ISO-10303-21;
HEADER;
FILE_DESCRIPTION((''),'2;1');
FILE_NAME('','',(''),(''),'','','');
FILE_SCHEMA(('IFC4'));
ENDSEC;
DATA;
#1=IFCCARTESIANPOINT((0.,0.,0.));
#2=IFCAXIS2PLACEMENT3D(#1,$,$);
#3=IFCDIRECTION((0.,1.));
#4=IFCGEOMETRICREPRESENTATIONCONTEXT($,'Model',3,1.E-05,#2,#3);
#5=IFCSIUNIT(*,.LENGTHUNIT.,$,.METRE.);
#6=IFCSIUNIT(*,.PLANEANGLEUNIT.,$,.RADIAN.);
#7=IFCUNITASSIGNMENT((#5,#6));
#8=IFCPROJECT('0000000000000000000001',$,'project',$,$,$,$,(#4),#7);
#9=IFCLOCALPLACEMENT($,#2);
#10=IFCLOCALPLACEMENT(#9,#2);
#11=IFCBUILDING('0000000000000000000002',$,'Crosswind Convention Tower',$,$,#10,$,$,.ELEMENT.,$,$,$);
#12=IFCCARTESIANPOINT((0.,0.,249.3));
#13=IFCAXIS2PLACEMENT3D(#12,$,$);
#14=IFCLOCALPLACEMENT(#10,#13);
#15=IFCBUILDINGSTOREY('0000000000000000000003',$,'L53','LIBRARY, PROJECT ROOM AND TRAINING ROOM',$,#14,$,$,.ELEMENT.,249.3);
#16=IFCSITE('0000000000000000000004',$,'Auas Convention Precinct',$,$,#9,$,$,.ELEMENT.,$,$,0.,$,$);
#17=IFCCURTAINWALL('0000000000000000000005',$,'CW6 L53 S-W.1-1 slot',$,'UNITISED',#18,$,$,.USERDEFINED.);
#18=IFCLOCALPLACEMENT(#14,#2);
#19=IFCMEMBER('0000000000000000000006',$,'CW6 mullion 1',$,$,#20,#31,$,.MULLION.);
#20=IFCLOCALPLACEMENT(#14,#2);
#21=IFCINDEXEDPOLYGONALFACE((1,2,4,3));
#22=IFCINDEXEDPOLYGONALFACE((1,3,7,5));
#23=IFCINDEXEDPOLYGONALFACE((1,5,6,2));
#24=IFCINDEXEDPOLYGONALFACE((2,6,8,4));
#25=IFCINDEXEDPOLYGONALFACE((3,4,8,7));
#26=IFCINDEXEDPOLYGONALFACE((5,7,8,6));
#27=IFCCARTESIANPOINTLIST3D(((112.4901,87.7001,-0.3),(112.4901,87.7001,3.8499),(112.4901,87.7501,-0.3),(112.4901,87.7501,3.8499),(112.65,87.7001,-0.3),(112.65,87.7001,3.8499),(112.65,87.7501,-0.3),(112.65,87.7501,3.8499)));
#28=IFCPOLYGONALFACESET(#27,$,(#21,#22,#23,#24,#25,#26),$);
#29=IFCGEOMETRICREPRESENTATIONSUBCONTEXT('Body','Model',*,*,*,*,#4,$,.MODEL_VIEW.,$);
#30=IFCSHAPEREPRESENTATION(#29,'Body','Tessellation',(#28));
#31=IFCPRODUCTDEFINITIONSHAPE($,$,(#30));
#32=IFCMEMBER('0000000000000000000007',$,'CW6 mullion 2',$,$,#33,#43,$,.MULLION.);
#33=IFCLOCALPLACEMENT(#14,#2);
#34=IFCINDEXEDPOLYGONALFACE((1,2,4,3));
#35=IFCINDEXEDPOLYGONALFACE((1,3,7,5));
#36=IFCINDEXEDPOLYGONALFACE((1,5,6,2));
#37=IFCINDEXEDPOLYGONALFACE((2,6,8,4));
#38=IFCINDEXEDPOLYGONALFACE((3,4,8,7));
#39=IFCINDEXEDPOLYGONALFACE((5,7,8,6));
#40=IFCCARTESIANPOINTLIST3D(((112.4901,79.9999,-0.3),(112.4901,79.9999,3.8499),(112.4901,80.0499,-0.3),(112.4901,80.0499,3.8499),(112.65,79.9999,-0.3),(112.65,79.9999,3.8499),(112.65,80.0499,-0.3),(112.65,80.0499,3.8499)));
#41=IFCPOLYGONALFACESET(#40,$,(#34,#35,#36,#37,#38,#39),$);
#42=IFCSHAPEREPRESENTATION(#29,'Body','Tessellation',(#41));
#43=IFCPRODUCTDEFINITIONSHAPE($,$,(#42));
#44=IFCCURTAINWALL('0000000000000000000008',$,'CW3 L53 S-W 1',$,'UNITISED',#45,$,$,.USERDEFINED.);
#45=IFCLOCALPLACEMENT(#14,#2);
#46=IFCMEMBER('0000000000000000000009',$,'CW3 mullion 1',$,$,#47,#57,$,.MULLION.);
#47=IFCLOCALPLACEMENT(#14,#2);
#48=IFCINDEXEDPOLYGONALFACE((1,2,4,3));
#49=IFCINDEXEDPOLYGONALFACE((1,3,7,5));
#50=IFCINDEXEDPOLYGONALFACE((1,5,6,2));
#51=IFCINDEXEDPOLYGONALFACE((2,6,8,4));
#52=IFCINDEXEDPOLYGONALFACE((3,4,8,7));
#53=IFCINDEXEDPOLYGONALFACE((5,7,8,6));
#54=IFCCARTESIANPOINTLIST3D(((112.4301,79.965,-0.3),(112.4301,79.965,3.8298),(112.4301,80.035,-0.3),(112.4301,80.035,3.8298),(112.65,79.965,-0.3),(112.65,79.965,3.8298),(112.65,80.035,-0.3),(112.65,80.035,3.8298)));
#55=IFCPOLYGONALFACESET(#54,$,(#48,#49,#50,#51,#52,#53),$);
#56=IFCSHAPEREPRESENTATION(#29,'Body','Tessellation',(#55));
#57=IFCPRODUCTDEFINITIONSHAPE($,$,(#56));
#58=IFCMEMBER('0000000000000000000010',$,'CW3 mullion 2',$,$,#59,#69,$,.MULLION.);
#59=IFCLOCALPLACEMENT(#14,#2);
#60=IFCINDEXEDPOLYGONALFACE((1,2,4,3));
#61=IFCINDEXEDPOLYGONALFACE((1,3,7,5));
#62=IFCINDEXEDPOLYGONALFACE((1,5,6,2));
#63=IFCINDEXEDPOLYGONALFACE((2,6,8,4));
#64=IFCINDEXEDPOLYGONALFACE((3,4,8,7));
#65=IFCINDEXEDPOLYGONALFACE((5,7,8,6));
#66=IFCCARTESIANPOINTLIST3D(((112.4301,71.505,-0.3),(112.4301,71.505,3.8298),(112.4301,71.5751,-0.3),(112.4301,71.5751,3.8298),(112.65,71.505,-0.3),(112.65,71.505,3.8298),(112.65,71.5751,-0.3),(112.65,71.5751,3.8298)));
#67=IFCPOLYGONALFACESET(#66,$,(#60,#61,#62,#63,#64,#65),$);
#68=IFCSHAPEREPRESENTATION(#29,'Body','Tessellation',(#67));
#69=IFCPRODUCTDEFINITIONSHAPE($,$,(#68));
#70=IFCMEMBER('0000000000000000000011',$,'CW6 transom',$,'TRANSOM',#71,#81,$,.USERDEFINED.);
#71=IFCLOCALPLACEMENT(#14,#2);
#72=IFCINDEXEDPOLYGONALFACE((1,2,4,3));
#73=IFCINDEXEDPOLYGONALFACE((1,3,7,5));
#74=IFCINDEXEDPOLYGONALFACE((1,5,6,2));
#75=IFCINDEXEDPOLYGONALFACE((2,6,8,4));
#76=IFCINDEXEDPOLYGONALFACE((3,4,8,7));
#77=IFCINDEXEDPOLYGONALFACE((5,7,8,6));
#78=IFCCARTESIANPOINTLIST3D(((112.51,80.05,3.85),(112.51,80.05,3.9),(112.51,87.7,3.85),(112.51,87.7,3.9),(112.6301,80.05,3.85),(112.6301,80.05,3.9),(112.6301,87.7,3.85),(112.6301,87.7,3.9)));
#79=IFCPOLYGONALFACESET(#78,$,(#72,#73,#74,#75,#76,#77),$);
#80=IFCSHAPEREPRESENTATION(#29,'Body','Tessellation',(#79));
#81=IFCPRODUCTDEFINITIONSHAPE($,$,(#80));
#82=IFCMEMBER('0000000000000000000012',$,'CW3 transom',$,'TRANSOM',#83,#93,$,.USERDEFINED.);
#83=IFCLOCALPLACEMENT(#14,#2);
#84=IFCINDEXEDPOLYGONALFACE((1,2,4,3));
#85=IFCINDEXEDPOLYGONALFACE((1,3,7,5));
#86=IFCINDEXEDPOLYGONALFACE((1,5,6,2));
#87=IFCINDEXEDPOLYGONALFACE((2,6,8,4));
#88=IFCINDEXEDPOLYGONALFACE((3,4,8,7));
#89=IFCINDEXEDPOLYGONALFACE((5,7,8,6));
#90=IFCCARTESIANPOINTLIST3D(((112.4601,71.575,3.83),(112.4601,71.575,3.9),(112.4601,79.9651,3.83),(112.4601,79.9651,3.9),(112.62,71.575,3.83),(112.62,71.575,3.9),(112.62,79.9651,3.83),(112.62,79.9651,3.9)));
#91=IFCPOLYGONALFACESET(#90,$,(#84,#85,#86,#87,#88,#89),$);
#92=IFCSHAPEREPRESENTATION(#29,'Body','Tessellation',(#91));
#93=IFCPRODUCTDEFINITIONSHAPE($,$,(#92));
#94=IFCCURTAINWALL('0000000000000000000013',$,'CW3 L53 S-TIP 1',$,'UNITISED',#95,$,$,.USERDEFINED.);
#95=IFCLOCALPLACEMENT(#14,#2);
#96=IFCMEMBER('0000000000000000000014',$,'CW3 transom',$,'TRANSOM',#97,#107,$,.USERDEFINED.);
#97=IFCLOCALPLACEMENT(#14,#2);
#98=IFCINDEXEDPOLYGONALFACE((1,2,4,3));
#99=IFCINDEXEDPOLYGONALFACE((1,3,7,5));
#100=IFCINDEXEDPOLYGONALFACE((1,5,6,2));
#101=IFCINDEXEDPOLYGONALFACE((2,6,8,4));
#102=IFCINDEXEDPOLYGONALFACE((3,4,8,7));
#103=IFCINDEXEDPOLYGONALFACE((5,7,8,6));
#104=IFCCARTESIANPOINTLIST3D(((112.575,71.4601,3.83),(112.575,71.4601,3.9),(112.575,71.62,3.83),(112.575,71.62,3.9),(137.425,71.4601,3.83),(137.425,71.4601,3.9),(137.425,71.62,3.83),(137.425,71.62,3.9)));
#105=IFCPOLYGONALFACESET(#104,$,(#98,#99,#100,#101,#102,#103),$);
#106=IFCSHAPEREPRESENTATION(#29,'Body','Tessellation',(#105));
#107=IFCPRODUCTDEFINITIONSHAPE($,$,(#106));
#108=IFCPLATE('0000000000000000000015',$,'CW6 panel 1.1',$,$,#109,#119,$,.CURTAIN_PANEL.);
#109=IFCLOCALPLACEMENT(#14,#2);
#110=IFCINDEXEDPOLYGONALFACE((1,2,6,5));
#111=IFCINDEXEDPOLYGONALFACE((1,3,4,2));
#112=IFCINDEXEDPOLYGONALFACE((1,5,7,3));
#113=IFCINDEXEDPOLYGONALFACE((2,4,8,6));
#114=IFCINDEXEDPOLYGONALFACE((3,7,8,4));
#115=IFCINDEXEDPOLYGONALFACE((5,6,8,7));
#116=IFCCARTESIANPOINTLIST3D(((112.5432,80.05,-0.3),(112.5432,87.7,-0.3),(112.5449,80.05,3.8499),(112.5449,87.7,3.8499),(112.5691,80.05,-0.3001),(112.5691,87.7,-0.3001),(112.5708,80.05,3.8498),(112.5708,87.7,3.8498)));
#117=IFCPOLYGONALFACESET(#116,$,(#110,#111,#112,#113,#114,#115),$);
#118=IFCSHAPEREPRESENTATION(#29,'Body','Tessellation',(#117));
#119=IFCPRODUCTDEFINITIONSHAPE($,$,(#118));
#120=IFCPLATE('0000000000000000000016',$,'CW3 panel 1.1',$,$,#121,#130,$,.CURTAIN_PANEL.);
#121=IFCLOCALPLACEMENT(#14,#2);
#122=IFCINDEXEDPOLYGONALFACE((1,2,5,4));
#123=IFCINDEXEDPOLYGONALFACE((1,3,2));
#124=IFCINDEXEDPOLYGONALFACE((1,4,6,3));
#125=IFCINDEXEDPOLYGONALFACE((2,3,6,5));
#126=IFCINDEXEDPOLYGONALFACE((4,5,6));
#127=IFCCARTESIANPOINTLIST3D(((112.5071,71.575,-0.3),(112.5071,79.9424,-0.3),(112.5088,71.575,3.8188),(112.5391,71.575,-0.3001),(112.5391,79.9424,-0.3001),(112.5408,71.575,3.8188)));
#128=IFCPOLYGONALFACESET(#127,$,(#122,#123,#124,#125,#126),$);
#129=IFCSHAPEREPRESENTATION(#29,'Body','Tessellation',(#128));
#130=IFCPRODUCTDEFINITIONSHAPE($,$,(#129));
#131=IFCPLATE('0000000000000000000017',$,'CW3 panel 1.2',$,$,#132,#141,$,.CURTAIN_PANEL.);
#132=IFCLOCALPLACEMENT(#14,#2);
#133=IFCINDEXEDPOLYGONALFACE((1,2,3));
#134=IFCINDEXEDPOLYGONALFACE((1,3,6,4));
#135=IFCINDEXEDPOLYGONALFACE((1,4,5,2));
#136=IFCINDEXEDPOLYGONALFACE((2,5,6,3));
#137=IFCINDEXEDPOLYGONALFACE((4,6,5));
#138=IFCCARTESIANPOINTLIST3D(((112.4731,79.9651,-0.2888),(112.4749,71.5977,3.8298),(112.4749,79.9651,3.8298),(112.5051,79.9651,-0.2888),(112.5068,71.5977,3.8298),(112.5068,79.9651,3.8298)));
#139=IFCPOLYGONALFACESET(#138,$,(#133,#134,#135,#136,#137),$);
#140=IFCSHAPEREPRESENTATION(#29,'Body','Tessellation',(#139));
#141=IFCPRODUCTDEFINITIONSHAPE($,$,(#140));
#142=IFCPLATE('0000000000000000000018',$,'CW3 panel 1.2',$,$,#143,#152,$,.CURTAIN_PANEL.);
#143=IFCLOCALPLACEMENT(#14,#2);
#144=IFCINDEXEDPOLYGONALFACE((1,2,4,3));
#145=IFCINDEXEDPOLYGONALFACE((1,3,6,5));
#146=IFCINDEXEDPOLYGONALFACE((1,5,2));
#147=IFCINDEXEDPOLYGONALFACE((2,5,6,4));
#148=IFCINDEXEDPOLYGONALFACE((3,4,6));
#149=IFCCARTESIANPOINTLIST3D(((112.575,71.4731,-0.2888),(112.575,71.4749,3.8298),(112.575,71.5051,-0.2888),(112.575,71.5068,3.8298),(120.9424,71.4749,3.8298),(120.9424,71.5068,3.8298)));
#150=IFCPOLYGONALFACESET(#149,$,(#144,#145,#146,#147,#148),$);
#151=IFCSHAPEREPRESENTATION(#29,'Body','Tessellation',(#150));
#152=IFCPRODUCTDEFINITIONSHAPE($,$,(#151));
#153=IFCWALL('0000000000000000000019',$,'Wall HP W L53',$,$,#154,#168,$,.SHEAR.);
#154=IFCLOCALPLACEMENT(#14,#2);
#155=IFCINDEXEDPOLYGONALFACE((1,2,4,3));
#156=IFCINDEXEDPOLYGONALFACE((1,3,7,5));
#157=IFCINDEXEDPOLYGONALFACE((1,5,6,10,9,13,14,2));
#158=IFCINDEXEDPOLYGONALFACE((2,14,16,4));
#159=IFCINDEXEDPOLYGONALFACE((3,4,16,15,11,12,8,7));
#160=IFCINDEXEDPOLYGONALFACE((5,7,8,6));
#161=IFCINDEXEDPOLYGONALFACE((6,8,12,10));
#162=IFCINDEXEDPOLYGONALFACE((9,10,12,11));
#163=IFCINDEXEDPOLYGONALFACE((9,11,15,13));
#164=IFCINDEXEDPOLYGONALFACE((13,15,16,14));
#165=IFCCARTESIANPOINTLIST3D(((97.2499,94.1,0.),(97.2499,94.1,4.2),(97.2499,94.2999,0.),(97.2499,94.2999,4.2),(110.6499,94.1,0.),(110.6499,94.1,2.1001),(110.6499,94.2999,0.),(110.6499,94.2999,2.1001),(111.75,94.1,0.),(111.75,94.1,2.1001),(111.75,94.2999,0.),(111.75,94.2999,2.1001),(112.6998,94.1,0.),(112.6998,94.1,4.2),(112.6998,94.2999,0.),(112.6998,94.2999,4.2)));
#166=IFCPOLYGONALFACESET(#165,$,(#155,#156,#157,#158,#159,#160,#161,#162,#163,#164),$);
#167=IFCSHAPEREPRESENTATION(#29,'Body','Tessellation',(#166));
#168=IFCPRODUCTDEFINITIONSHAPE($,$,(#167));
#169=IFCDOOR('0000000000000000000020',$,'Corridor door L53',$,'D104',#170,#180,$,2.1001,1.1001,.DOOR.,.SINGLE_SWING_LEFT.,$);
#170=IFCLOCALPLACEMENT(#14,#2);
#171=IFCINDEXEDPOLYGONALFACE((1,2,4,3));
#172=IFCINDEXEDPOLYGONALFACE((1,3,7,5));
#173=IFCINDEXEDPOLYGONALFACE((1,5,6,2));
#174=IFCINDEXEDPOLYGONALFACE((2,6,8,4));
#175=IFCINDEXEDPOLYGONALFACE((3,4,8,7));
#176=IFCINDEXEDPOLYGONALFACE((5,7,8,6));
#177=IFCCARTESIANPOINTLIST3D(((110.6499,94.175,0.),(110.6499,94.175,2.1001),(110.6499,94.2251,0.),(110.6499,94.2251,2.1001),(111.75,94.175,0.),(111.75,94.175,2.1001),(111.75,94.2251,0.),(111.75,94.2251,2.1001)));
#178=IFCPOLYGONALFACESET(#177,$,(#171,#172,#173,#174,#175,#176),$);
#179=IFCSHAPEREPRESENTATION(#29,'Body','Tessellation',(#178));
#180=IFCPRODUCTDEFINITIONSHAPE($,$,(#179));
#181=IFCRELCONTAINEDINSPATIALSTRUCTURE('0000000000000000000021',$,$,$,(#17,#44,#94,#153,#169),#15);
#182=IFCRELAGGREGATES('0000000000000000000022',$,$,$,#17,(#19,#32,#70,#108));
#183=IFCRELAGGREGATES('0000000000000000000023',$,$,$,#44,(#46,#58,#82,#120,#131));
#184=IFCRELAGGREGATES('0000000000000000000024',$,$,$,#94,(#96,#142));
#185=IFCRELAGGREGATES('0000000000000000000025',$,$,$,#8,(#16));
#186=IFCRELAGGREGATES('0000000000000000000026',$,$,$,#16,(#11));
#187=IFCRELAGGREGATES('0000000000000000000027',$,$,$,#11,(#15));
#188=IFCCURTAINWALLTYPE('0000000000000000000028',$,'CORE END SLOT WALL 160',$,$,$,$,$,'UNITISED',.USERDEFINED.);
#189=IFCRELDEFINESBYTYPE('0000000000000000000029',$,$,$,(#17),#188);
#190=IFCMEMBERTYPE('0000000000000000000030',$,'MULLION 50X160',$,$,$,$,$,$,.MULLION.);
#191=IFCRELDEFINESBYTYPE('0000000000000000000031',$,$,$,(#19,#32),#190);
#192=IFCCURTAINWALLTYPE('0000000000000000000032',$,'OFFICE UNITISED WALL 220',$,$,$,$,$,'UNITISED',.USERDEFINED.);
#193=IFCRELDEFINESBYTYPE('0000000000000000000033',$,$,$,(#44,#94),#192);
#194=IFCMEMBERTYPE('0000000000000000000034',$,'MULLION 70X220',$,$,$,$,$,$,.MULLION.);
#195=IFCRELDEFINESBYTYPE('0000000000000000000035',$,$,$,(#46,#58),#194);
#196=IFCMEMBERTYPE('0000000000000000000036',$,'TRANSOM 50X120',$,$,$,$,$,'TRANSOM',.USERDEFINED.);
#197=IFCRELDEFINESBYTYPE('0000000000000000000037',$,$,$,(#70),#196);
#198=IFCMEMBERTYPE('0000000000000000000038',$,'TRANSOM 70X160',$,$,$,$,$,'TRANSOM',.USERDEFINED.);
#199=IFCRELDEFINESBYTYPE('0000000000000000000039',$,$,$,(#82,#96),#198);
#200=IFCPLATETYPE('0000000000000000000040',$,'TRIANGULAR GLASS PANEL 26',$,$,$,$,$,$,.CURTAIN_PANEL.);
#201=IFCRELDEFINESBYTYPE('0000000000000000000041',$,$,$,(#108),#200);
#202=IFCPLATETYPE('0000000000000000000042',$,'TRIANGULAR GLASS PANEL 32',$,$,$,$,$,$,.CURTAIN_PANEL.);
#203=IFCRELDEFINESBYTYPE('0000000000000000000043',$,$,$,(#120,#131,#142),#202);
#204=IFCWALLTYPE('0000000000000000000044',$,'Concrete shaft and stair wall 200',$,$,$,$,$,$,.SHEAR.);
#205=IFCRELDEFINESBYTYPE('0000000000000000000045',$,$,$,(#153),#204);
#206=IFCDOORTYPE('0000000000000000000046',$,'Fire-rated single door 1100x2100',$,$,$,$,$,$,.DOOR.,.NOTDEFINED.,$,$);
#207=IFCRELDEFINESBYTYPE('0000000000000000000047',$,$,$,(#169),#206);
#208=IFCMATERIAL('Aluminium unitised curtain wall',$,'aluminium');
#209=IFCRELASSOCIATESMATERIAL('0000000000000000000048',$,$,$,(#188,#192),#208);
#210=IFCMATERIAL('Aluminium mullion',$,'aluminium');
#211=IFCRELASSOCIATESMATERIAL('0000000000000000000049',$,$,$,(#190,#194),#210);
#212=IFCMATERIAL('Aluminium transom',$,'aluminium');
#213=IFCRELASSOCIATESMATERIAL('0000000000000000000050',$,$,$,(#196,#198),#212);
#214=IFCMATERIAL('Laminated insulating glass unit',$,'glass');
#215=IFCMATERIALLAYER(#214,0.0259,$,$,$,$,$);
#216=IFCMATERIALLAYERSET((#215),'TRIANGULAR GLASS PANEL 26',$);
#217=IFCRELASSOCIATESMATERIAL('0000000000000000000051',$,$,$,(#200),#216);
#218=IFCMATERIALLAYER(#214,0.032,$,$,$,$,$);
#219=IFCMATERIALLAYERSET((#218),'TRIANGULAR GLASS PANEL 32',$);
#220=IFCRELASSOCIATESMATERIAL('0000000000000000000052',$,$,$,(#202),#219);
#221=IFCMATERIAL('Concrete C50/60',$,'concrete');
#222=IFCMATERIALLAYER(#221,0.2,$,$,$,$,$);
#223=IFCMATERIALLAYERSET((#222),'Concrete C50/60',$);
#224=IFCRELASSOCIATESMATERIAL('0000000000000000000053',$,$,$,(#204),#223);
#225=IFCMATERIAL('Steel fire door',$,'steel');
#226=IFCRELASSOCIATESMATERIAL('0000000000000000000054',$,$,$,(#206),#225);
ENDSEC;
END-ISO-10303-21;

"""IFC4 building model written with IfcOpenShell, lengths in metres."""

from ifc_helpers import new_model, si_unit, direction, frame, frame_2d, origin, origin_2d, place, context, subcontext, project, spatial, polyline, rectangle, outline, extrude, material, layer, layer_set, material_profile, profile_set, type_object, element, fill, aggregate, save


model = new_model("IFC4")

# Units and contexts
model_context = context("Model", 3, precision=1e-05, world=origin(), true_north=direction((0.0, 1.0)))
body_context = subcontext(model_context, "Body", "Model", "MODEL_VIEW")
ifc_project = project(units=[si_unit("LENGTHUNIT", "METRE"), si_unit("PLANEANGLEUNIT", "RADIAN")], contexts=[model_context])

# Site, building, storey
site_placement = place(None, origin())
site = spatial("IfcSite", under=ifc_project, at=site_placement, Name="Auas Convention Precinct", CompositionType="ELEMENT", RefElevation=0.0)
building_placement = place(site_placement, origin())
building = spatial("IfcBuilding", under=site, at=building_placement, Name="Crosswind Convention Tower", CompositionType="ELEMENT")
storey_placement = place(building_placement, frame((0.0, 0.0, 249.3)))
storey = spatial("IfcBuildingStorey", under=building, at=storey_placement, Name="L53", Description="LIBRARY, PROJECT ROOM AND TRAINING ROOM", CompositionType="ELEMENT", Elevation=249.3)

# Curtain walls, members
ifc_material_1 = material(Name="Aluminium unitised curtain wall", Category="aluminium")
curtain_wall_type_1 = type_object("IfcCurtainWallType", Name="CORE END SLOT WALL 160", ElementType="UNITISED", PredefinedType="USERDEFINED", material=ifc_material_1)
curtain_wall_1_placement = place(storey_placement, origin())
curtain_wall_1 = element("IfcCurtainWall", 1, at=curtain_wall_1_placement, inside=storey, type_object=curtain_wall_type_1, Name="CW6 L53 S-W.1-1 slot", ObjectType="UNITISED", PredefinedType="USERDEFINED")
ifc_material_2 = material(Name="Aluminium mullion", Category="aluminium")
ifc_material_profile_1 = material_profile(ifc_material_2, rectangle(XDim=0.1599, YDim=0.05, at=origin_2d()), Name="AL 160X50")
ifc_profile_set_1 = profile_set([ifc_material_profile_1], Name="Aluminium mullion")
member_type_1 = type_object("IfcMemberType", Name="MULLION 50X160", PredefinedType="MULLION", material=ifc_profile_set_1)
member_1_placement = place(storey_placement, frame((112.5701, 87.7251, -0.3), z_axis=(0.0, 0.0, 1.0), x_axis=(-1.0, 0.0, 0.0)))
member_1 = element("IfcMember", 2, at=member_1_placement, type_object=member_type_1, Name="CW6 mullion 1", PredefinedType="MULLION", context=body_context, shape_type="SweptSolid", body=[
    extrude(rectangle(XDim=0.1599, YDim=0.05, at=origin_2d()), origin(), (0.0, 0.0, 1.0), 4.1499),
])
member_2_placement = place(storey_placement, frame((112.5701, 80.0249, -0.3), z_axis=(0.0, 0.0, 1.0), x_axis=(-1.0, 0.0, 0.0)))
member_2 = element("IfcMember", 3, at=member_2_placement, type_object=member_type_1, Name="CW6 mullion 2", PredefinedType="MULLION", context=body_context, shape_type="SweptSolid", body=[
    extrude(rectangle(XDim=0.1599, YDim=0.05, at=origin_2d()), origin(), (0.0, 0.0, 1.0), 4.1499),
])
curtain_wall_type_2 = type_object("IfcCurtainWallType", Name="OFFICE UNITISED WALL 220", ElementType="UNITISED", PredefinedType="USERDEFINED", material=ifc_material_1)
curtain_wall_2_placement = place(storey_placement, origin())
curtain_wall_2 = element("IfcCurtainWall", 4, at=curtain_wall_2_placement, inside=storey, type_object=curtain_wall_type_2, Name="CW3 L53 S-W 1", ObjectType="UNITISED", PredefinedType="USERDEFINED")
ifc_material_profile_2 = material_profile(ifc_material_2, rectangle(XDim=0.22, YDim=0.0701, at=origin_2d()), Name="AL 220X70")
ifc_profile_set_2 = profile_set([ifc_material_profile_2], Name="Aluminium mullion")
member_type_2 = type_object("IfcMemberType", Name="MULLION 70X220", PredefinedType="MULLION", material=ifc_profile_set_2)
member_3_placement = place(storey_placement, frame((112.54, 80.0, -0.3), z_axis=(0.0, 0.0, 1.0), x_axis=(-1.0, 0.0, 0.0)))
member_3 = element("IfcMember", 5, at=member_3_placement, type_object=member_type_2, Name="CW3 mullion 1", PredefinedType="MULLION", context=body_context, shape_type="SweptSolid", body=[
    extrude(rectangle(XDim=0.22, YDim=0.0701, at=origin_2d()), origin(), (0.0, 0.0, 1.0), 4.1299),
])
member_4_placement = place(storey_placement, frame((112.54, 71.54, -0.3), z_axis=(0.0, 0.0, 1.0), x_axis=(-1.0, 0.0, 0.0)))
member_4 = element("IfcMember", 6, at=member_4_placement, type_object=member_type_2, Name="CW3 mullion 2", PredefinedType="MULLION", context=body_context, shape_type="SweptSolid", body=[
    extrude(rectangle(XDim=0.22, YDim=0.0701, at=origin_2d()), origin(), (0.0, 0.0, 1.0), 4.1299),
])

# Members
ifc_material_3 = material(Name="Aluminium transom", Category="aluminium")
ifc_material_profile_3 = material_profile(ifc_material_3, rectangle(XDim=0.1201, YDim=0.05, at=origin_2d()), Name="AL 120X50")
ifc_profile_set_3 = profile_set([ifc_material_profile_3], Name="Aluminium transom")
member_type_3 = type_object("IfcMemberType", Name="TRANSOM 50X120", ElementType="TRANSOM", PredefinedType="USERDEFINED", material=ifc_profile_set_3)
member_5_placement = place(storey_placement, frame((112.5701, 87.7, 3.875), z_axis=(0.0, -1.0, 0.0), x_axis=(1.0, 0.0, 0.0)))
member_5 = element("IfcMember", 7, at=member_5_placement, type_object=member_type_3, Name="CW6 transom", ObjectType="TRANSOM", PredefinedType="USERDEFINED", context=body_context, shape_type="SweptSolid", body=[
    extrude(rectangle(XDim=0.1201, YDim=0.05, at=origin_2d()), origin(), (0.0, 0.0, 1.0), 7.6499),
])
ifc_material_profile_4 = material_profile(ifc_material_3, rectangle(XDim=0.1599, YDim=0.0701, at=origin_2d()), Name="AL 160X70")
ifc_profile_set_4 = profile_set([ifc_material_profile_4], Name="Aluminium transom")
member_type_4 = type_object("IfcMemberType", Name="TRANSOM 70X160", ElementType="TRANSOM", PredefinedType="USERDEFINED", material=ifc_profile_set_4)
member_6_placement = place(storey_placement, frame((112.54, 79.9651, 3.865), z_axis=(0.0, -1.0, 0.0), x_axis=(1.0, 0.0, 0.0)))
member_6 = element("IfcMember", 8, at=member_6_placement, type_object=member_type_4, Name="CW3 transom", ObjectType="TRANSOM", PredefinedType="USERDEFINED", context=body_context, shape_type="SweptSolid", body=[
    extrude(rectangle(XDim=0.1599, YDim=0.0701, at=origin_2d()), origin(), (0.0, 0.0, 1.0), 8.3901),
])

# Curtain wall, member
curtain_wall_3_placement = place(storey_placement, origin())
curtain_wall_3 = element("IfcCurtainWall", 9, at=curtain_wall_3_placement, inside=storey, type_object=curtain_wall_type_2, Name="CW3 L53 S-TIP 1", ObjectType="UNITISED", PredefinedType="USERDEFINED")
member_7_placement = place(storey_placement, frame((112.575, 71.54, 3.865), z_axis=(1.0, 0.0, 0.0), x_axis=(0.0, 1.0, 0.0)))
member_7 = element("IfcMember", 10, at=member_7_placement, type_object=member_type_4, Name="CW3 transom", ObjectType="TRANSOM", PredefinedType="USERDEFINED", context=body_context, shape_type="SweptSolid", body=[
    extrude(rectangle(XDim=0.1599, YDim=0.0701, at=origin_2d()), origin(), (0.0, 0.0, 1.0), 24.8501),
])

# Plates
ifc_material_4 = material(Name="Laminated insulating glass unit", Category="glass")
ifc_layer_1 = layer(ifc_material_4, 0.0259)
ifc_layer_set_1 = layer_set([ifc_layer_1], Name="TRIANGULAR GLASS PANEL 26")
plate_type_1 = type_object("IfcPlateType", Name="TRIANGULAR GLASS PANEL 26", PredefinedType="CURTAIN_PANEL", material=ifc_layer_set_1)
plate_1_placement = place(storey_placement, frame((112.5432, 87.7, -0.3), z_axis=(-1.0, 0.0, 0.000412), x_axis=(0.0, -1.0, 0.0)))
plate_1 = element("IfcPlate", 11, at=plate_1_placement, type_object=plate_type_1, Name="CW6 panel 1.1", PredefinedType="CURTAIN_PANEL", context=body_context, shape_type="SweptSolid", body=[
    extrude(outline(polyline([(0.0, 0.0), (7.6499, 0.0), (7.6499, 4.1499), (0.0, 4.1499), (0.0, 0.0)])), origin(), (0.0, 0.0, -1.0), 0.0259),
])
aggregate(curtain_wall_1, [member_1, member_2, member_5, plate_1])
ifc_layer_2 = layer(ifc_material_4, 0.032)
ifc_layer_set_2 = layer_set([ifc_layer_2], Name="TRIANGULAR GLASS PANEL 32")
plate_type_2 = type_object("IfcPlateType", Name="TRIANGULAR GLASS PANEL 32", PredefinedType="CURTAIN_PANEL", material=ifc_layer_set_2)
plate_2_placement = place(storey_placement, frame((112.5071, 71.575, -0.3), z_axis=(-1.0, 0.0, 0.000415), x_axis=(0.000415, 0.0, 1.0)))
plate_2 = element("IfcPlate", 12, at=plate_2_placement, type_object=plate_type_2, Name="CW3 panel 1.1", PredefinedType="CURTAIN_PANEL", context=body_context, shape_type="SweptSolid", body=[
    extrude(outline(polyline([(0.0, 0.0), (4.1189, 0.0), (0.0, 8.3674), (0.0, 0.0)])), origin(), (0.0, 0.0, -1.0), 0.032),
])
plate_3_placement = place(storey_placement, frame((112.4749, 79.9651, 3.8298), z_axis=(-1.0, 0.0, 0.000415), x_axis=(-0.000415, 0.0, -1.0)))
plate_3 = element("IfcPlate", 13, at=plate_3_placement, type_object=plate_type_2, Name="CW3 panel 1.2", PredefinedType="CURTAIN_PANEL", context=body_context, shape_type="SweptSolid", body=[
    extrude(outline(polyline([(0.0, 0.0), (4.1187, 0.0), (0.0, 8.3674), (0.0, 0.0)])), origin(), (0.0, 0.0, -1.0), 0.032),
])
plate_4_placement = place(storey_placement, frame((112.575, 71.4749, 3.8298), z_axis=(0.0, -1.0, 0.000415), x_axis=(0.0, -0.000415, -1.0)))
plate_4 = element("IfcPlate", 14, at=plate_4_placement, type_object=plate_type_2, Name="CW3 panel 1.2", PredefinedType="CURTAIN_PANEL", context=body_context, shape_type="SweptSolid", body=[
    extrude(outline(polyline([(0.0, 0.0), (4.1187, 0.0), (0.0, 8.3674), (0.0, 0.0)])), origin(), (0.0, 0.0, -1.0), 0.032),
])

# Wall, opening, door
ifc_material_5 = material(Name="Concrete C50/60", Category="concrete")
ifc_layer_3 = layer(ifc_material_5, 0.2)
ifc_layer_set_3 = layer_set([ifc_layer_3], Name="Concrete C50/60")
wall_type_1 = type_object("IfcWallType", Name="Concrete shaft and stair wall 200", PredefinedType="SHEAR", material=ifc_layer_set_3)
wall_1_placement = place(storey_placement, frame((112.7, 94.2, 0.0), z_axis=(0.0, 0.0, 1.0), x_axis=(-1.0, 0.0, 0.0)))
wall_1 = element("IfcWall", 15, at=wall_1_placement, inside=storey, type_object=wall_type_1, Name="Wall HP W L53", PredefinedType="SHEAR", context=body_context, shape_type="SweptSolid", body=[
    extrude(rectangle(XDim=15.45, YDim=0.2, at=frame_2d((7.7251, 0.0))), origin(), (0.0, 0.0, 1.0), 4.2),
])
opening_1_placement = place(wall_1_placement, frame((0.95, 0.0, 0.0)))
opening_1 = element("IfcOpeningElement", 16, at=opening_1_placement, cuts=wall_1, PredefinedType="OPENING", context=body_context, shape_type="SweptSolid", body=[
    extrude(rectangle(XDim=1.1001, YDim=2.1001, at=frame_2d((0.55, 1.05))), frame((0.0, 0.1099, 0.0), z_axis=(0.0, -1.0, 0.0), x_axis=(1.0, 0.0, 0.0)), (0.0, 0.0, 1.0), 0.22),
])
ifc_material_6 = material(Name="Steel fire door", Category="steel")
door_type_1 = type_object("IfcDoorType", Name="Fire-rated single door 1100x2100", OperationType="NOTDEFINED", PredefinedType="DOOR", material=ifc_material_6)
door_1_placement = place(opening_1_placement, origin())
door_1 = element("IfcDoor", 17, at=door_1_placement, inside=storey, type_object=door_type_1, Name="Corridor door L53", ObjectType="D104", OperationType="SINGLE_SWING_LEFT", OverallHeight=2.1001, OverallWidth=1.1001, PredefinedType="DOOR", context=body_context, shape_type="SweptSolid", body=[
    extrude(rectangle(XDim=1.1001, YDim=2.1001, at=frame_2d((0.55, 1.05))), frame((0.0, 0.0249, 0.0), z_axis=(0.0, -1.0, 0.0), x_axis=(1.0, 0.0, 0.0)), (0.0, 0.0, 1.0), 0.05),
])
fill(opening_1, door_1)

aggregate(curtain_wall_2, [member_3, member_4, member_6, plate_2, plate_3])
aggregate(curtain_wall_3, [member_7, plate_4])

save(model, "model.ifc")
